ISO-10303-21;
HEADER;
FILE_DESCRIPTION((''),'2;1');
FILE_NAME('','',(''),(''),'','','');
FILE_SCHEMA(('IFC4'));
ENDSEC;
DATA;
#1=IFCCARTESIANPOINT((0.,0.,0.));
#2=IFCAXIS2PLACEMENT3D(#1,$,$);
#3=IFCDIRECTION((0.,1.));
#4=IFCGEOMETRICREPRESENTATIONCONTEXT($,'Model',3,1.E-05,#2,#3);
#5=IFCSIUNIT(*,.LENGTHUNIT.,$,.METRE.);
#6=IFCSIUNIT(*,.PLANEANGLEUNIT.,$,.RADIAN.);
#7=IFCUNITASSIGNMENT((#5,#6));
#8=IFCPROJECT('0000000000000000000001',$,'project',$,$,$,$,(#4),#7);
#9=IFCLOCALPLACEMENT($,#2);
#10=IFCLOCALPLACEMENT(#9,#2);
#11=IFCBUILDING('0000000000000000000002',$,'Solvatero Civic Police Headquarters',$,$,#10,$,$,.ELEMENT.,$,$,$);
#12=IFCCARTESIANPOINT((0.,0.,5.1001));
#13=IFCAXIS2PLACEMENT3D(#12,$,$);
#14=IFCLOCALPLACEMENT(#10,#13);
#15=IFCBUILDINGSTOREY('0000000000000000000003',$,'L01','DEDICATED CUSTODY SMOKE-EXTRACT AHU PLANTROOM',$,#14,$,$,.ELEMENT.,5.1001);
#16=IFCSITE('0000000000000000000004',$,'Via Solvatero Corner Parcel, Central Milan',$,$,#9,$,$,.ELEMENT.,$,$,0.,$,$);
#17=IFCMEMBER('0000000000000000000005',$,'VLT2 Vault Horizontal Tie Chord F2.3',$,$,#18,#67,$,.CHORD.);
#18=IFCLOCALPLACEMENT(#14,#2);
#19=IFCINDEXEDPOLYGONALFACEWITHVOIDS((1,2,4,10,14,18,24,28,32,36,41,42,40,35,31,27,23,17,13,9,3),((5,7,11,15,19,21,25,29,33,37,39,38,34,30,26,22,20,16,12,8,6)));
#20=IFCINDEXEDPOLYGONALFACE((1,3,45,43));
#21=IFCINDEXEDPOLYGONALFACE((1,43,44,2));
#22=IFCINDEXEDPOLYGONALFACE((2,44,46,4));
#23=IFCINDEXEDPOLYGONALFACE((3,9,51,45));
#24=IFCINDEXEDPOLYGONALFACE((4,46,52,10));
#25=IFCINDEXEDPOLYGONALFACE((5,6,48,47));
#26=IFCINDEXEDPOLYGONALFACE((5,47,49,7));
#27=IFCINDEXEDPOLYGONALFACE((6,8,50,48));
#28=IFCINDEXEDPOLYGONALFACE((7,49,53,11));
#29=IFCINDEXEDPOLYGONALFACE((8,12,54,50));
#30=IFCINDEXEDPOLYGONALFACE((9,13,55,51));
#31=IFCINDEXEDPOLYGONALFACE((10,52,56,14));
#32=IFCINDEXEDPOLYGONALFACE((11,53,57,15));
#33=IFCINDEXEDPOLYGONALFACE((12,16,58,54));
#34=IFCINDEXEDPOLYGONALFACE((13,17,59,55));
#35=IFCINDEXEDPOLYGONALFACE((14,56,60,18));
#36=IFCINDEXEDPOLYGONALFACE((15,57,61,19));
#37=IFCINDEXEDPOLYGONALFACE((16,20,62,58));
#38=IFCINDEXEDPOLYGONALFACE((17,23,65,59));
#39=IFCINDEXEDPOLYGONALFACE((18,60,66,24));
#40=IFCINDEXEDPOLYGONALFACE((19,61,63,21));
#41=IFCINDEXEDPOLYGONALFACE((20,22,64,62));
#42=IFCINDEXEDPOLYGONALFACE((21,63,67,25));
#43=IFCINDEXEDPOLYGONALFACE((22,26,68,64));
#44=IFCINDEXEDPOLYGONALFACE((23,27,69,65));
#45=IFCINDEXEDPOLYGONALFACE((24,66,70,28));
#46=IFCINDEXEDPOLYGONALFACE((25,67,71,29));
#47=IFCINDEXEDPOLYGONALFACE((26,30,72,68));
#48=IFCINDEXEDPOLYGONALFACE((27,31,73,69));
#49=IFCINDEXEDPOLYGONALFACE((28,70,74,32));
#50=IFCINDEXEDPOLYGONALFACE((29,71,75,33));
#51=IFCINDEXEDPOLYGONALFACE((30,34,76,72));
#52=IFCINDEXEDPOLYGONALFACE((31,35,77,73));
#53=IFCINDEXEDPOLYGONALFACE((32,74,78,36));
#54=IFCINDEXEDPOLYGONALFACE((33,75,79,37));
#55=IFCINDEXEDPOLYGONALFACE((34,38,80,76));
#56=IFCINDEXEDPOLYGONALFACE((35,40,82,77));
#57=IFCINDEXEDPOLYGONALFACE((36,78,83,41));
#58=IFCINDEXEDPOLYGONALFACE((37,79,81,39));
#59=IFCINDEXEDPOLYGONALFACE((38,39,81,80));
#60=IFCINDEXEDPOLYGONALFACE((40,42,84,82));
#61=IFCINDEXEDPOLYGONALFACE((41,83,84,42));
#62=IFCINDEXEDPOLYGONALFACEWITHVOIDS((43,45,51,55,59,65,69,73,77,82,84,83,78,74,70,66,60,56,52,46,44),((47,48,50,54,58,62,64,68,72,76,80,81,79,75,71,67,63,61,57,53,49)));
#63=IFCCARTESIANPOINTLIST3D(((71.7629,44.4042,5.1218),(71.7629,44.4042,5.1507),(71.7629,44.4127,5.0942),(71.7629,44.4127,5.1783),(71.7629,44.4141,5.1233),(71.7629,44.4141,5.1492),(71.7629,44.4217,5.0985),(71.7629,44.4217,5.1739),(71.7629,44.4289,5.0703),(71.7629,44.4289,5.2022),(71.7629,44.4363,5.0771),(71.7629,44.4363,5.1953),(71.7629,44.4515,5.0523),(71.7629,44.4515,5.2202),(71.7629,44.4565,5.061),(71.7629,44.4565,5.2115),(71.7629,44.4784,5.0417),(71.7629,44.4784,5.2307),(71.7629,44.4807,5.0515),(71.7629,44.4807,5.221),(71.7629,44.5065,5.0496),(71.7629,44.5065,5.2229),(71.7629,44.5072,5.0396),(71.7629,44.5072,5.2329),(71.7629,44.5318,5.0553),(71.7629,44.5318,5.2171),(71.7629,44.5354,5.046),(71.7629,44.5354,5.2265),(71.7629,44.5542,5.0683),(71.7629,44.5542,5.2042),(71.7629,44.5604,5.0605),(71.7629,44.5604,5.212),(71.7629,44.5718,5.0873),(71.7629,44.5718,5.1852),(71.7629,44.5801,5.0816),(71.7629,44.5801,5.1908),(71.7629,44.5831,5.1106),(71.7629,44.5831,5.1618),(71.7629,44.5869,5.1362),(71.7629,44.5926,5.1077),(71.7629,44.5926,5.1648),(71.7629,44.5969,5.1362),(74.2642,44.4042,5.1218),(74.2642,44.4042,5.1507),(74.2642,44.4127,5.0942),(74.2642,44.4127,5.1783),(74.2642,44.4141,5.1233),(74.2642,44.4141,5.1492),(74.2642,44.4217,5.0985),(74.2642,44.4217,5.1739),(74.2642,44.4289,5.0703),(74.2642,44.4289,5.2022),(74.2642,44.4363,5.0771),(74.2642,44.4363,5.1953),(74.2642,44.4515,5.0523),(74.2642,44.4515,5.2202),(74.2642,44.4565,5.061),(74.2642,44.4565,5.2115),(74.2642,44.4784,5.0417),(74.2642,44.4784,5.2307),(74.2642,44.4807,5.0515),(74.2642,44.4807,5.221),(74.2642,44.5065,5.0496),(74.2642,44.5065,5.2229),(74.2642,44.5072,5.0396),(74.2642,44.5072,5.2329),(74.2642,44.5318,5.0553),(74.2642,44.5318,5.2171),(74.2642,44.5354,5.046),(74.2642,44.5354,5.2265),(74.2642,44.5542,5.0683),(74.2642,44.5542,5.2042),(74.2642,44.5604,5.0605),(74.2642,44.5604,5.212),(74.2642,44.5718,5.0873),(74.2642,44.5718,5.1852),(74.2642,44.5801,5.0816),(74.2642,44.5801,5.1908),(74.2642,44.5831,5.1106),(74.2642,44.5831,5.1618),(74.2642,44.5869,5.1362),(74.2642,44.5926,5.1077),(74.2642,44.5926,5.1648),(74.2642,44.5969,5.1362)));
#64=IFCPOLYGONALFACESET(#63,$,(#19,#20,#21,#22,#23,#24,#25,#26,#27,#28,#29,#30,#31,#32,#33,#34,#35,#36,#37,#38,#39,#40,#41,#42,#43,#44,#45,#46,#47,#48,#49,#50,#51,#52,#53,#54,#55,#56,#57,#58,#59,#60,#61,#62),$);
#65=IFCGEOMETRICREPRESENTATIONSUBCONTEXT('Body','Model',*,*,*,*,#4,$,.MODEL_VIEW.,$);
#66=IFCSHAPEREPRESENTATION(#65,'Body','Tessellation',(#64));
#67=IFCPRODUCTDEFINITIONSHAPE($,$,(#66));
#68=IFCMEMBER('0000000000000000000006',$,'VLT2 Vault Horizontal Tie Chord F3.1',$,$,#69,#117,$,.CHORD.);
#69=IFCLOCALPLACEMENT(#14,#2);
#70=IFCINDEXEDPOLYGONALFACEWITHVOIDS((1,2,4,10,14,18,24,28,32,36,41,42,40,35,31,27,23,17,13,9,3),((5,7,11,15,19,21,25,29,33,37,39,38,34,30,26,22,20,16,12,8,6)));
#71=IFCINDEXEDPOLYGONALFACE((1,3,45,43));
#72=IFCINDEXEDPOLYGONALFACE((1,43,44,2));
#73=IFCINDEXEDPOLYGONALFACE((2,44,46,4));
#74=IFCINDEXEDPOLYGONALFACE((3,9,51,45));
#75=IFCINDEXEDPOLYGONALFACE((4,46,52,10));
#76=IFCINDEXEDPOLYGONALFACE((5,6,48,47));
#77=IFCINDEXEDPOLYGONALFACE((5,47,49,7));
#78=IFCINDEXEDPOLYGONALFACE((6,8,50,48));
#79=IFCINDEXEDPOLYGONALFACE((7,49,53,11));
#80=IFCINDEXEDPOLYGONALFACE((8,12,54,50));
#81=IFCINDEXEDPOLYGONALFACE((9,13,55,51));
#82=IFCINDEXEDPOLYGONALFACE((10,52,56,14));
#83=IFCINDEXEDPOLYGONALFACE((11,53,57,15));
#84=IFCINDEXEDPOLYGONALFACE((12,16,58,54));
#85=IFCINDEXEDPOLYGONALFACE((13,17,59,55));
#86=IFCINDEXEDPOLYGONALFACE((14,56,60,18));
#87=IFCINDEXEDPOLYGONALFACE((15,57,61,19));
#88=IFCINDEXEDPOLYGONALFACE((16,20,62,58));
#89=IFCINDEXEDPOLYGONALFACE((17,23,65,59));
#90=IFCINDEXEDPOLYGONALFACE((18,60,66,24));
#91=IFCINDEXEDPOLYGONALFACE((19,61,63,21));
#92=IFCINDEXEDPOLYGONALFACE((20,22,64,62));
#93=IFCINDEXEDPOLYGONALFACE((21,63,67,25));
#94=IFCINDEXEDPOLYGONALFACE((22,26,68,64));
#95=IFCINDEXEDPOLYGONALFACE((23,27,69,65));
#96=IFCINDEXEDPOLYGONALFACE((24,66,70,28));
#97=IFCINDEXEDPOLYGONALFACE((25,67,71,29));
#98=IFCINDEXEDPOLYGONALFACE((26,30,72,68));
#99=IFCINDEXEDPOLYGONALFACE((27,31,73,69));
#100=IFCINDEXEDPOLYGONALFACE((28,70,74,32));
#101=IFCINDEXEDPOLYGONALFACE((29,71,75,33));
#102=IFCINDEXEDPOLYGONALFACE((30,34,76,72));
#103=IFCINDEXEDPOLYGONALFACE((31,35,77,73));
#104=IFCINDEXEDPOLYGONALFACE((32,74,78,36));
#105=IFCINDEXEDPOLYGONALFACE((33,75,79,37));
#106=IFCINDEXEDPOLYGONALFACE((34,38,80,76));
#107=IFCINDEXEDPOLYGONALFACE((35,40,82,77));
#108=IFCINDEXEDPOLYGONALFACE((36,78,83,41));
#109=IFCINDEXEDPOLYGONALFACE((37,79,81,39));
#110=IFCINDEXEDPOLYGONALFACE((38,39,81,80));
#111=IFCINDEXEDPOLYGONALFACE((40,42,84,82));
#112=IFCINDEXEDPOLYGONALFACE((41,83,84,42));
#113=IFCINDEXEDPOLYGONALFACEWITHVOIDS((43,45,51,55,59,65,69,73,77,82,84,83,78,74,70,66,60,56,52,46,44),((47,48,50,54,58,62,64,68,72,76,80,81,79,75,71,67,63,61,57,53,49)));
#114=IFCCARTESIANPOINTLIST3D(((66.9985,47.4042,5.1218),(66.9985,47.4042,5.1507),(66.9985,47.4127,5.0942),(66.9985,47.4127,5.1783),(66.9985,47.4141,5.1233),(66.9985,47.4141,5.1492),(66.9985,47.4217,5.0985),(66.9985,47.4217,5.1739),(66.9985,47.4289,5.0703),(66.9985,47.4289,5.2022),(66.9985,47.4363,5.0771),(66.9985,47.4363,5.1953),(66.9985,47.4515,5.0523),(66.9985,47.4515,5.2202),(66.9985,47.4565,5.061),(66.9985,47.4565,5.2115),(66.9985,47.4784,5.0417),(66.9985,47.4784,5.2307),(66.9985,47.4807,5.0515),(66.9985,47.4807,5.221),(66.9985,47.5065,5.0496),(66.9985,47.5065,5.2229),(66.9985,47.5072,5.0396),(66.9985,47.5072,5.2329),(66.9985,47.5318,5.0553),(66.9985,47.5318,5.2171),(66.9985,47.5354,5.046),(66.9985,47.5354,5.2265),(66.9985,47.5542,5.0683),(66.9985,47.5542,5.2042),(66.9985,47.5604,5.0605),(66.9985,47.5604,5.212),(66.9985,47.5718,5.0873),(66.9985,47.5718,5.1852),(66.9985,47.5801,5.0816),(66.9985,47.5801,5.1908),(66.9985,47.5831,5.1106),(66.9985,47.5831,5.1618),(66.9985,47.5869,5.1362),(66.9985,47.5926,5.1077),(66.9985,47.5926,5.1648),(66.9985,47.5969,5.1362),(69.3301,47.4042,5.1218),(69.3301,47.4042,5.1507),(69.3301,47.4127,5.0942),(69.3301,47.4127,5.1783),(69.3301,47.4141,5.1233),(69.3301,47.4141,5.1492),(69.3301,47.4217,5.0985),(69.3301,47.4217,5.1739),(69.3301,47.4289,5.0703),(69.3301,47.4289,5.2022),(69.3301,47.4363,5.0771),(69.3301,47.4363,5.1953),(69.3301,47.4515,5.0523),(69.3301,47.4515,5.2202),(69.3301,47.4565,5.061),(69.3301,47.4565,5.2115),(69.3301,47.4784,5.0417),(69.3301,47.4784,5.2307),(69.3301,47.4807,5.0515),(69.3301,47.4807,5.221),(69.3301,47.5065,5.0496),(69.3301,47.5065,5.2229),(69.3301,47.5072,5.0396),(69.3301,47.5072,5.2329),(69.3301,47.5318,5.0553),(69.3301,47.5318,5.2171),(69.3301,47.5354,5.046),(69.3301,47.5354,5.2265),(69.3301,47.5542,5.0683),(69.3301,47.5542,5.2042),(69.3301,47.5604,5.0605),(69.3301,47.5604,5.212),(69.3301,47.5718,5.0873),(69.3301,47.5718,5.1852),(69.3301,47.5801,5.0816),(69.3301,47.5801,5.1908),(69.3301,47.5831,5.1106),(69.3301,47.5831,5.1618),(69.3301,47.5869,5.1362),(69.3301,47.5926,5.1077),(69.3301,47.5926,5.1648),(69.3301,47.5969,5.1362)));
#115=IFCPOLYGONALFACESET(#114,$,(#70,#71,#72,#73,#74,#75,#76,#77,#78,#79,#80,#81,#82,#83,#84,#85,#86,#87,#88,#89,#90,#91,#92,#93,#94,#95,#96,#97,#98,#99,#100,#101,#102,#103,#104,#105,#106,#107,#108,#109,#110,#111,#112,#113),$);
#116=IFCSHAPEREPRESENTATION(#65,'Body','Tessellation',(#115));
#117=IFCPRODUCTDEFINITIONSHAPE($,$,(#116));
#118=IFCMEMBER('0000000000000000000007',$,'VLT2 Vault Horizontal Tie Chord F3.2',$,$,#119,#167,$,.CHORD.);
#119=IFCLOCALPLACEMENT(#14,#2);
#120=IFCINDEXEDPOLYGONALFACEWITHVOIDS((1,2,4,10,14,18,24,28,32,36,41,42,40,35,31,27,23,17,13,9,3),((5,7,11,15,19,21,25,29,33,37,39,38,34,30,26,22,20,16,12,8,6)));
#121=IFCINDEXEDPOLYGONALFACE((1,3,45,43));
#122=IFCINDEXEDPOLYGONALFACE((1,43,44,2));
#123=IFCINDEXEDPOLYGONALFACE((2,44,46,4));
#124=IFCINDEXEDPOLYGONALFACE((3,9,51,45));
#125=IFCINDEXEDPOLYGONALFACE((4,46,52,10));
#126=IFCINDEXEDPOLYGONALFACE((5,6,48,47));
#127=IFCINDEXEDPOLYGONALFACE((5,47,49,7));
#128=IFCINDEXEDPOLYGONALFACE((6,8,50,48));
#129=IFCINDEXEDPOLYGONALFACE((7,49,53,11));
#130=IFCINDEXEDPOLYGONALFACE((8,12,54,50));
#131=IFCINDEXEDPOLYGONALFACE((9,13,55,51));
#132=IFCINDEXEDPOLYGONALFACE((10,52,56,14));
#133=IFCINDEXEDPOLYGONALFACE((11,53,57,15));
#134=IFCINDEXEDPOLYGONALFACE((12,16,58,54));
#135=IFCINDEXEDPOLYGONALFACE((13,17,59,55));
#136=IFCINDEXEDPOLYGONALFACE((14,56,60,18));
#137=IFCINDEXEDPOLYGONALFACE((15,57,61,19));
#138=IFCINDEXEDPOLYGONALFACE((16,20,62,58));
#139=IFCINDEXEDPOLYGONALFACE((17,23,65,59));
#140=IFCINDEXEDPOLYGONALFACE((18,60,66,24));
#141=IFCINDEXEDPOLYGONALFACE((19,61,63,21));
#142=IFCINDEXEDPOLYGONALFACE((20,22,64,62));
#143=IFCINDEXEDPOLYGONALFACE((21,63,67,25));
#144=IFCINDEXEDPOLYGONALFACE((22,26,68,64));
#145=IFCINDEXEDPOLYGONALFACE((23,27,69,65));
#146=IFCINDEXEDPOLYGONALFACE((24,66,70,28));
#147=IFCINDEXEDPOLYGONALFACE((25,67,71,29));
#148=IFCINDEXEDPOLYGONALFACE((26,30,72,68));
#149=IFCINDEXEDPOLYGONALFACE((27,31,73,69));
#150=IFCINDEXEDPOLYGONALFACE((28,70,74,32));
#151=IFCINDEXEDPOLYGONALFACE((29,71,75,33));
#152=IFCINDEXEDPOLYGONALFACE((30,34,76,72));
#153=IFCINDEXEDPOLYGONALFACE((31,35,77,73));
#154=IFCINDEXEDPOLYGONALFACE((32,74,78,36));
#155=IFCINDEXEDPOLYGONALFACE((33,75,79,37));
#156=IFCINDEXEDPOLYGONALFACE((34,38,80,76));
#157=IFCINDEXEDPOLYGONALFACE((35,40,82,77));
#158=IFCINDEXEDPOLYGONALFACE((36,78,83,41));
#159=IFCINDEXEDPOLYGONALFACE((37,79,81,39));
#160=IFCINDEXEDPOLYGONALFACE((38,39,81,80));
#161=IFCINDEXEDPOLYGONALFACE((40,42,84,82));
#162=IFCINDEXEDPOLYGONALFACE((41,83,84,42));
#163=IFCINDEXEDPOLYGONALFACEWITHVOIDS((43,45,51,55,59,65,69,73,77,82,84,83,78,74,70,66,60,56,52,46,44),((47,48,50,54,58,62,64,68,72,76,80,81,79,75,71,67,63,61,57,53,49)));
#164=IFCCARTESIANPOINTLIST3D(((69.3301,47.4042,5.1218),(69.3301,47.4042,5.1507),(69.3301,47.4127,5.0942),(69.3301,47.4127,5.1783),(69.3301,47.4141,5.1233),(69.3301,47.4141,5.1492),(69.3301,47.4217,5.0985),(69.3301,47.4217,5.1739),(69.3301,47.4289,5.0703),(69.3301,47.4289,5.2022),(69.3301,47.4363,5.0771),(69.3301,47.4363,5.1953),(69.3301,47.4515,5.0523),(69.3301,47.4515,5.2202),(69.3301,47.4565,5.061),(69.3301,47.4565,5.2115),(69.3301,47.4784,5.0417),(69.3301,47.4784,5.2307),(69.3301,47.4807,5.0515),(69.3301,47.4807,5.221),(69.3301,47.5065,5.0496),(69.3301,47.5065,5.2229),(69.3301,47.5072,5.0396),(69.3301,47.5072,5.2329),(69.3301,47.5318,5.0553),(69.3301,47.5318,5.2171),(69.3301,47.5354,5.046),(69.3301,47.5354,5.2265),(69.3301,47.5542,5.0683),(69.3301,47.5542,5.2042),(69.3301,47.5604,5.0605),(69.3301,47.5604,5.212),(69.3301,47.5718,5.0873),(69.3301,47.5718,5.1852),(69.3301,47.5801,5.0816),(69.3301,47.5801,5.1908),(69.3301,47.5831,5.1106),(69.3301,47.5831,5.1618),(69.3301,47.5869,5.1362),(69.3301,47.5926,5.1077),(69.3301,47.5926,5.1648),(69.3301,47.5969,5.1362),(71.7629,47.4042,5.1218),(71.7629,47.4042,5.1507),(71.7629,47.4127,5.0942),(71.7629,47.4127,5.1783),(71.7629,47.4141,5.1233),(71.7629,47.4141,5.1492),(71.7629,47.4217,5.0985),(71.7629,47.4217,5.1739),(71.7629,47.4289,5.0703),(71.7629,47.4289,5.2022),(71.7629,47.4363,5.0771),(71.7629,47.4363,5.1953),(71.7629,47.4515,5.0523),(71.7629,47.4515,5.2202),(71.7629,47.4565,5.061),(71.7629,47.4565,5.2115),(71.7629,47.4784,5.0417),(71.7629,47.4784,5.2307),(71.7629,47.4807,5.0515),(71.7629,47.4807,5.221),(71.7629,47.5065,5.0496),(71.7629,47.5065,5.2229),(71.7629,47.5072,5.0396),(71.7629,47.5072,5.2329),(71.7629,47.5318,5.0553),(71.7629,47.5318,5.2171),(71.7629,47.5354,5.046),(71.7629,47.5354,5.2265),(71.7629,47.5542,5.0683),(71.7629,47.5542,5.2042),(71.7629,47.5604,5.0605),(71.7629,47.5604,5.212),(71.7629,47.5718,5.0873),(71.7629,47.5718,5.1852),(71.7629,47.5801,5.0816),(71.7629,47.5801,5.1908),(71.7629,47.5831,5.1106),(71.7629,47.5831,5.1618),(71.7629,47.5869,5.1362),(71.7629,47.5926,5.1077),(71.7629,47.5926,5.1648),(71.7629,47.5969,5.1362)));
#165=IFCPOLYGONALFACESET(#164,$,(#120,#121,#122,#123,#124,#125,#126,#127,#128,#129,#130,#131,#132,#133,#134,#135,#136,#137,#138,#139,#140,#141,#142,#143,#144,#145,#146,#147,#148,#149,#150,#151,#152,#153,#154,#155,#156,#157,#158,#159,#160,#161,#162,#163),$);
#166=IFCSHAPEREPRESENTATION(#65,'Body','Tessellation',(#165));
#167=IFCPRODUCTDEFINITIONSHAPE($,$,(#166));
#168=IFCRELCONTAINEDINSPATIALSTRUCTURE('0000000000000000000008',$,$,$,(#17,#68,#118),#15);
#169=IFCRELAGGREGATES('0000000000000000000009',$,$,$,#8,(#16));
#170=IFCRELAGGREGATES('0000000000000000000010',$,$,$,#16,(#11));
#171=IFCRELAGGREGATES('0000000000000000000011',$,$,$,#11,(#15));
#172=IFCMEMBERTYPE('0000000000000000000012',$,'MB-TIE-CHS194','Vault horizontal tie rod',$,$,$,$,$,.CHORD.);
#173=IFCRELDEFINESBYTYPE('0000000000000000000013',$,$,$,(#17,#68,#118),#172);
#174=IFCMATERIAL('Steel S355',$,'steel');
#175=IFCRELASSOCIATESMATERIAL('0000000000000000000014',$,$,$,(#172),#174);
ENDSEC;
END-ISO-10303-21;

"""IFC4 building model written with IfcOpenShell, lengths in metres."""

from ifc_helpers import new_model, si_unit, direction, frame, origin, origin_2d, place, context, subcontext, project, spatial, hollow_circle, extrude, material, material_profile, profile_set, type_object, element, save


model = new_model("IFC4")

# Units and contexts
model_context = context("Model", 3, precision=1e-05, world=origin(), true_north=direction((0.0, 1.0)))
body_context = subcontext(model_context, "Body", "Model", "MODEL_VIEW")
ifc_project = project(units=[si_unit("LENGTHUNIT", "METRE"), si_unit("PLANEANGLEUNIT", "RADIAN")], contexts=[model_context])

# Site, building, storey
site_placement = place(None, origin())
site = spatial("IfcSite", under=ifc_project, at=site_placement, Name="Via Solvatero Corner Parcel, Central Milan", CompositionType="ELEMENT", RefElevation=0.0)
building_placement = place(site_placement, origin())
building = spatial("IfcBuilding", under=site, at=building_placement, Name="Solvatero Civic Police Headquarters", CompositionType="ELEMENT")
storey_placement = place(building_placement, frame((0.0, 0.0, 5.1001)))
storey = spatial("IfcBuildingStorey", under=building, at=storey_placement, Name="L01", Description="DEDICATED CUSTODY SMOKE-EXTRACT AHU PLANTROOM", CompositionType="ELEMENT", Elevation=5.1001)

# Shared definitions
ifc_material_1 = material(Name="Steel S355", Category="steel")

# Members
ifc_material_profile_1 = material_profile(ifc_material_1, hollow_circle(Radius=0.0969, WallThickness=0.01, at=origin_2d()), Name="CHS 193.7x10.0")
ifc_profile_set_1 = profile_set([ifc_material_profile_1], Name="Steel S355")
member_type_1 = type_object("IfcMemberType", Name="MB-TIE-CHS194", Description="Vault horizontal tie rod", PredefinedType="CHORD", material=ifc_profile_set_1)
member_1_placement = place(storey_placement, frame((71.7629, 44.5, 5.1362), z_axis=(1.0, 0.0, 0.0), x_axis=(0.0, 1.0, 0.0)))
element("IfcMember", 1, at=member_1_placement, inside=storey, type_object=member_type_1, Name="VLT2 Vault Horizontal Tie Chord F2.3", PredefinedType="CHORD", context=body_context, shape_type="SweptSolid", body=[
    extrude(hollow_circle(Radius=0.0969, WallThickness=0.01, at=origin_2d()), origin(), (0.0, 0.0, 1.0), 2.5012),
])
member_2_placement = place(storey_placement, frame((66.9985, 47.5, 5.1362), z_axis=(1.0, 0.0, 0.0), x_axis=(0.0, 1.0, 0.0)))
element("IfcMember", 2, at=member_2_placement, inside=storey, type_object=member_type_1, Name="VLT2 Vault Horizontal Tie Chord F3.1", PredefinedType="CHORD", context=body_context, shape_type="SweptSolid", body=[
    extrude(hollow_circle(Radius=0.0969, WallThickness=0.01, at=origin_2d()), origin(), (0.0, 0.0, 1.0), 2.3315),
])
member_3_placement = place(storey_placement, frame((69.3301, 47.5, 5.1362), z_axis=(1.0, 0.0, 0.0), x_axis=(0.0, 1.0, 0.0)))
element("IfcMember", 3, at=member_3_placement, inside=storey, type_object=member_type_1, Name="VLT2 Vault Horizontal Tie Chord F3.2", PredefinedType="CHORD", context=body_context, shape_type="SweptSolid", body=[
    extrude(hollow_circle(Radius=0.0969, WallThickness=0.01, at=origin_2d()), origin(), (0.0, 0.0, 1.0), 2.4329),
])

save(model, "model.ifc")
